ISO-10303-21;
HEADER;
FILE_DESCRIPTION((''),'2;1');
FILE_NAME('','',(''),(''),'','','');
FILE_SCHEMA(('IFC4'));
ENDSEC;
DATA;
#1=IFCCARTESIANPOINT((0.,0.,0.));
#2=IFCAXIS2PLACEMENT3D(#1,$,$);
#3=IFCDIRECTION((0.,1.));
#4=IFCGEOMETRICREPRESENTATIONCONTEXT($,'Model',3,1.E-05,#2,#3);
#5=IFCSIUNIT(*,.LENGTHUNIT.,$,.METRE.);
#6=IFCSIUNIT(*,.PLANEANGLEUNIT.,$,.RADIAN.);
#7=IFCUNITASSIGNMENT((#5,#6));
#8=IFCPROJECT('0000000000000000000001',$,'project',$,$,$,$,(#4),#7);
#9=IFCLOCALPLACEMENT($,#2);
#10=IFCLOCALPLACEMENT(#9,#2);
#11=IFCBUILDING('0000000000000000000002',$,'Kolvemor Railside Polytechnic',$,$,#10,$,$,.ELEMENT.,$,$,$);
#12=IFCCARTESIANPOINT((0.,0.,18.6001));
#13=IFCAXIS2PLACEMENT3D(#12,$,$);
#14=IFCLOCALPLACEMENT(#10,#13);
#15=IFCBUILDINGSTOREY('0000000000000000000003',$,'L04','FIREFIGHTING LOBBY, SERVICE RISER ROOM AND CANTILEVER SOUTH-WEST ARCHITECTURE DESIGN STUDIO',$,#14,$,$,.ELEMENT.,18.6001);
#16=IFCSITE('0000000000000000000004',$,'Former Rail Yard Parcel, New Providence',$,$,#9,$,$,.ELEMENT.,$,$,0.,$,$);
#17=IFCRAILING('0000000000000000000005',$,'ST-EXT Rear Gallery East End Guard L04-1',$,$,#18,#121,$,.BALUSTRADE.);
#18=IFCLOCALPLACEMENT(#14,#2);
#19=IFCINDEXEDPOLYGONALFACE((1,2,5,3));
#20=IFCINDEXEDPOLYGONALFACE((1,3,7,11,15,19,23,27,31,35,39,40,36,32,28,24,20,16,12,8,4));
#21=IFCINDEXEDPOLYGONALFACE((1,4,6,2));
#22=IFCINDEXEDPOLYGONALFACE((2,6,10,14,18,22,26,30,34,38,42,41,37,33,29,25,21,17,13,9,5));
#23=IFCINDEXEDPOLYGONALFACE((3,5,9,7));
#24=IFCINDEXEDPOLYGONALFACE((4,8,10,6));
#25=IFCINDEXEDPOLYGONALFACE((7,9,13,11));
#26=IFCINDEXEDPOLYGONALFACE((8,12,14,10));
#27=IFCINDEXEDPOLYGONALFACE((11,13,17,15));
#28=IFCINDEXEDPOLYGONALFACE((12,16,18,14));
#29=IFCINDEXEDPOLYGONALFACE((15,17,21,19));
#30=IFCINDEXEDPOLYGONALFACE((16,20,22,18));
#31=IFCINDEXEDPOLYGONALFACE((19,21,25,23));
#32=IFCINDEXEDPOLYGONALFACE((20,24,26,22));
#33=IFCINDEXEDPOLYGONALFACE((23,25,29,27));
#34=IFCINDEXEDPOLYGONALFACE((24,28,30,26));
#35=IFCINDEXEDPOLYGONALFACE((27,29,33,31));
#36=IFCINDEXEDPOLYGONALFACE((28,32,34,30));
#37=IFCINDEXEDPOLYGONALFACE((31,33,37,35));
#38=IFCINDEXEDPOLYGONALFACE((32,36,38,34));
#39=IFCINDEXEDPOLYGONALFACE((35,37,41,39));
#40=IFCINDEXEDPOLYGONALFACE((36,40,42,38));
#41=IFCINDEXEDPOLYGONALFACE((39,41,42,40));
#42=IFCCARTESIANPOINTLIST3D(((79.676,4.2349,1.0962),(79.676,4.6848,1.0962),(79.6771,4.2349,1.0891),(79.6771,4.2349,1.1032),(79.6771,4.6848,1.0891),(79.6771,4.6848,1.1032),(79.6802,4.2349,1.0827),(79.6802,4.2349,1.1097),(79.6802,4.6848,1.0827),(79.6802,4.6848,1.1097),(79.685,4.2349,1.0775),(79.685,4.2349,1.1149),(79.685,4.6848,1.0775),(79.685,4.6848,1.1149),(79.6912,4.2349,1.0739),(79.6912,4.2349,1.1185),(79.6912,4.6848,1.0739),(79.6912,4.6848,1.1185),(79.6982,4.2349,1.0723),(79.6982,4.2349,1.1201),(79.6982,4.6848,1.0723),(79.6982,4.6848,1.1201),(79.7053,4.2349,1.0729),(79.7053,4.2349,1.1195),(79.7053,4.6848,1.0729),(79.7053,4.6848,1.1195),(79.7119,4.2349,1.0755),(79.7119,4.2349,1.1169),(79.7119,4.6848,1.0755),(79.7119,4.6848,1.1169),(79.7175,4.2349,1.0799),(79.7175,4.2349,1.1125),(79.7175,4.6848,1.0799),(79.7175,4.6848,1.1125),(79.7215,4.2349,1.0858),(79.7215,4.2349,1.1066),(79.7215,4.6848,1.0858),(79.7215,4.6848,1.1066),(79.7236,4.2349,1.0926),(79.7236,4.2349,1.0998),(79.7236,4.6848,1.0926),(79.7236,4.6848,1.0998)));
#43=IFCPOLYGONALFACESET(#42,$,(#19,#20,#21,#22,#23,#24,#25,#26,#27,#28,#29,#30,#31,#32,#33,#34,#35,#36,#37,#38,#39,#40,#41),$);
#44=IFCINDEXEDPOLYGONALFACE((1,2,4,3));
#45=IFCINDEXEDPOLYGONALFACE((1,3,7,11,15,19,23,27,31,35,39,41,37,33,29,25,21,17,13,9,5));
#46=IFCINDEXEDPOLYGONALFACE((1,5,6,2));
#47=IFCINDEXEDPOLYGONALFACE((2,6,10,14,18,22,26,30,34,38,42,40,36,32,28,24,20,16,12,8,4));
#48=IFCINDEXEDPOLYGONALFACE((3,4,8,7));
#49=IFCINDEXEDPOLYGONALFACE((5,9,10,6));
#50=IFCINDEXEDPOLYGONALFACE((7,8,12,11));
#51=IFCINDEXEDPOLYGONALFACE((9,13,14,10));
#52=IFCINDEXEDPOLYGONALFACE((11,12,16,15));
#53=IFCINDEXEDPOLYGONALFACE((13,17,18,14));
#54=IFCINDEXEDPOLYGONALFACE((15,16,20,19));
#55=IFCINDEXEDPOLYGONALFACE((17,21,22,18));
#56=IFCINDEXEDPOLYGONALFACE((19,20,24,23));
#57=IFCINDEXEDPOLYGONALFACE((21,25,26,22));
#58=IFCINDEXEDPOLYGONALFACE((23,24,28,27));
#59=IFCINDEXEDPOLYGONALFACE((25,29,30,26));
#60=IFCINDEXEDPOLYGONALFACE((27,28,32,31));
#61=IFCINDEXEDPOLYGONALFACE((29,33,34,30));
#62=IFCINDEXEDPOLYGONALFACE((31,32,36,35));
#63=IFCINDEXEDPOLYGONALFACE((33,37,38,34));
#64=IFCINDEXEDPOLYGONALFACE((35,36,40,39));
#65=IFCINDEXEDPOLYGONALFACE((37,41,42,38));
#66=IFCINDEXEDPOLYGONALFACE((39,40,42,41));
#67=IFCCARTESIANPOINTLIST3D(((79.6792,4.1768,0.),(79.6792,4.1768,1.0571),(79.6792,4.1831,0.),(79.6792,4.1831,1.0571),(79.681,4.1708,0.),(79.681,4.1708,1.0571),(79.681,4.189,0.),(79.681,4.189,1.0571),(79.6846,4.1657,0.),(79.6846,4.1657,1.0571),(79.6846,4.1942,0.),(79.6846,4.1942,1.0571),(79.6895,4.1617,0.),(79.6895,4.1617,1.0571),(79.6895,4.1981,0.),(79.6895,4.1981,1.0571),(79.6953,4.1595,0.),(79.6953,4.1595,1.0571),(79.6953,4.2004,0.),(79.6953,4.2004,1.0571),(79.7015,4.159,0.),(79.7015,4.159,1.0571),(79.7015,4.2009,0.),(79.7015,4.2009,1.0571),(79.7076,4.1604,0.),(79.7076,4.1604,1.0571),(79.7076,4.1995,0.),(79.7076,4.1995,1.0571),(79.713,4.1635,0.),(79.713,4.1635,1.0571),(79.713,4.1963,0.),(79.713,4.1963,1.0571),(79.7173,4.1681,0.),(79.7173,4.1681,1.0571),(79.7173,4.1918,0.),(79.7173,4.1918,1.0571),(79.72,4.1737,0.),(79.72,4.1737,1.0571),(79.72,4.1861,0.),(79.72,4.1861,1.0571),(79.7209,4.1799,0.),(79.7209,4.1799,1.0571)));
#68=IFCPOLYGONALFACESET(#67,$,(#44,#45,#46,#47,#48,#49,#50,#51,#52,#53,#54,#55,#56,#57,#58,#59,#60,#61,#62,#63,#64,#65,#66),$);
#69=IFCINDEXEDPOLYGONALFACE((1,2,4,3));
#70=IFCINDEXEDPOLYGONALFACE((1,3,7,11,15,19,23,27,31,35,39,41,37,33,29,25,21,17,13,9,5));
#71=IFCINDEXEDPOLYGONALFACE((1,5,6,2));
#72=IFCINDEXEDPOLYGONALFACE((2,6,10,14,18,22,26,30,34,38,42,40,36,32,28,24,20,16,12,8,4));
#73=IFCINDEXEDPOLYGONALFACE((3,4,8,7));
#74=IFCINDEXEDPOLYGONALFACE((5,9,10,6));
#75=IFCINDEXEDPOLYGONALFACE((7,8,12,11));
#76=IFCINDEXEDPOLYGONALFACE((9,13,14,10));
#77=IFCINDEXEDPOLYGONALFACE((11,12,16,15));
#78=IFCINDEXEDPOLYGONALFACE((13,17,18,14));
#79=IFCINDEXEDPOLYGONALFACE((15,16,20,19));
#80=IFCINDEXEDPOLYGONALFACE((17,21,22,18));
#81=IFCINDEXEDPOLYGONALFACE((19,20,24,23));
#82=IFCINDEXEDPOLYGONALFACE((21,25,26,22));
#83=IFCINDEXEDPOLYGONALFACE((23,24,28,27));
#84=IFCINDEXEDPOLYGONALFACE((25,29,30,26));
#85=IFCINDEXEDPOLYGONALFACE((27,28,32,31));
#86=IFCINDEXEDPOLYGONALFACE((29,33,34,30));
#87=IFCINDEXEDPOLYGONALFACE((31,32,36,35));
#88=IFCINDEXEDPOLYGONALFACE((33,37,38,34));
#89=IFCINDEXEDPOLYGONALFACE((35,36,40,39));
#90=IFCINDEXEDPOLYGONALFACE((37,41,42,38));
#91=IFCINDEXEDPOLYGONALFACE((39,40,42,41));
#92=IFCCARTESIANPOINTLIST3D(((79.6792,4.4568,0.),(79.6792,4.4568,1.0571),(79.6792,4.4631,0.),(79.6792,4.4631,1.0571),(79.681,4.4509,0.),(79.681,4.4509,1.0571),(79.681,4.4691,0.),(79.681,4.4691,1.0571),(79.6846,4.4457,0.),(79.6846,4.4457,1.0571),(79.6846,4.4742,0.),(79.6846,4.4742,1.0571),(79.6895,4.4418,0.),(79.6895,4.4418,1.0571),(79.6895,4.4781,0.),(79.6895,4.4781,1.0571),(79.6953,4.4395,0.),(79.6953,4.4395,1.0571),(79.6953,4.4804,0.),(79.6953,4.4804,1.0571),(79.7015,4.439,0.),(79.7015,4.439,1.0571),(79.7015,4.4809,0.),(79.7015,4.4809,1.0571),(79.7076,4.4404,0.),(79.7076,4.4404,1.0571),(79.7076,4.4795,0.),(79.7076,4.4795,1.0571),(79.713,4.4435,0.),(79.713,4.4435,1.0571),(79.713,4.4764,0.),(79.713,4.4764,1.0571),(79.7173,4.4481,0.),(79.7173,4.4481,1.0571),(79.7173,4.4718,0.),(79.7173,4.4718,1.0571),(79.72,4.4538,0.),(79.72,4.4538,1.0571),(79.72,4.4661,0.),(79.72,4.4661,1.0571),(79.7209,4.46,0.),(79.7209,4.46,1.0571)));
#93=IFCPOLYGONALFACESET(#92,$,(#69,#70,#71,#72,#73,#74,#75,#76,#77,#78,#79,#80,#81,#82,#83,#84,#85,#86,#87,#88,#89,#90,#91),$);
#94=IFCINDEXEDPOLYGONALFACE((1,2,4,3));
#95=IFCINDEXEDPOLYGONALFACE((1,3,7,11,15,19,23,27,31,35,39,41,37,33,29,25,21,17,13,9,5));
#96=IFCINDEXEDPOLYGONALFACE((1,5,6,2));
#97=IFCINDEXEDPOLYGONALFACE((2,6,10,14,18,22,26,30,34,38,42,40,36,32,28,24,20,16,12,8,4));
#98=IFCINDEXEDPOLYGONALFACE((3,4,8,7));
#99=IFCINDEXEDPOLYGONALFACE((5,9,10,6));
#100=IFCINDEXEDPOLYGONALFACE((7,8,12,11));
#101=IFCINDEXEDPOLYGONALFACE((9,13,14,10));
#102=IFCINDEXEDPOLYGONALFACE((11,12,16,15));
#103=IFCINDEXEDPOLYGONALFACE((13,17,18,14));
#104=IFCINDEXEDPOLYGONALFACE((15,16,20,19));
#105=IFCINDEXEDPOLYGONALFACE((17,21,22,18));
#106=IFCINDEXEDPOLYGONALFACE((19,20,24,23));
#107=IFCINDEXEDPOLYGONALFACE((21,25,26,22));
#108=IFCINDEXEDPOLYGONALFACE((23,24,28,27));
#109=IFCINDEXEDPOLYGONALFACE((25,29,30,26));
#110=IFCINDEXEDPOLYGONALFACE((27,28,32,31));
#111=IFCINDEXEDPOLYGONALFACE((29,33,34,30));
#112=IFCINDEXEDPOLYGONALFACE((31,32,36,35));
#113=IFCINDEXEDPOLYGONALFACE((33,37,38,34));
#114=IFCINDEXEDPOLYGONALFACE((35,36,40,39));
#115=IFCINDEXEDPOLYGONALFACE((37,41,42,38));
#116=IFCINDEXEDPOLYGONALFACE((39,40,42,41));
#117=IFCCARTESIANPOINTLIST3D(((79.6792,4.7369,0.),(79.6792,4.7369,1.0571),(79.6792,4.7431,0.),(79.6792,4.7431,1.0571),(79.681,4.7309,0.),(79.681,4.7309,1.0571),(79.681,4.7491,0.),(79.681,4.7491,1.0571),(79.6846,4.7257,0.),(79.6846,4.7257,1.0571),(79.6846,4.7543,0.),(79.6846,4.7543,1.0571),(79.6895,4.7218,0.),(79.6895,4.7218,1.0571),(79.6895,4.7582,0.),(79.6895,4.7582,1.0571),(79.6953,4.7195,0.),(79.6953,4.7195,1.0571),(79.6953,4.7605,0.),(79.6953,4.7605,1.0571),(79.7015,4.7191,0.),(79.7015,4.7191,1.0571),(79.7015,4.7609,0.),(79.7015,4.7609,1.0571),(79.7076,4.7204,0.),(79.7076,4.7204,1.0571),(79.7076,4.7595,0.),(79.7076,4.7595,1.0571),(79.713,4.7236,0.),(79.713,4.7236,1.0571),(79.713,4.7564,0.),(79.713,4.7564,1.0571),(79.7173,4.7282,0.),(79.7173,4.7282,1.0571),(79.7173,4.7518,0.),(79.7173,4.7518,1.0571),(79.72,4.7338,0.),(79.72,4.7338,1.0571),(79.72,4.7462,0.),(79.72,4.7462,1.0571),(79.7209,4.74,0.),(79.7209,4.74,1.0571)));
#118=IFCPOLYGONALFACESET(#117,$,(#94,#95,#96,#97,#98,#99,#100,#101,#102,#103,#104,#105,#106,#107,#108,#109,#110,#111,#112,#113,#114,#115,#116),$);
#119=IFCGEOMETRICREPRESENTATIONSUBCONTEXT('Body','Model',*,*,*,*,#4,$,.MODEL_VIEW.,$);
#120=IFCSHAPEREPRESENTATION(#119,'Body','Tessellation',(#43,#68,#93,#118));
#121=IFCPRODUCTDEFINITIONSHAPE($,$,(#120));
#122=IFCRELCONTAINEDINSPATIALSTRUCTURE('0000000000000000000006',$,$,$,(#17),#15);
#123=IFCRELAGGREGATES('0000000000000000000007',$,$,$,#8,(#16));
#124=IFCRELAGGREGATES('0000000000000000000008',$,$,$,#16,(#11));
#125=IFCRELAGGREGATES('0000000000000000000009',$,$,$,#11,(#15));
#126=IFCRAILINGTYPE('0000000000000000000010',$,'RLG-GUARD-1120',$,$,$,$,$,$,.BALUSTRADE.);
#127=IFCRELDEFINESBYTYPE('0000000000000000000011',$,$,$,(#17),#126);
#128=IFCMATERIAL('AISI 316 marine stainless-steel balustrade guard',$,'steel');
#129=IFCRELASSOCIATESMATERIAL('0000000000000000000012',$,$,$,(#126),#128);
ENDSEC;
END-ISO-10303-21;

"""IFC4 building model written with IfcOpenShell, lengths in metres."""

from ifc_helpers import new_model, si_unit, direction, frame, origin, origin_2d, place, context, subcontext, project, spatial, circle, extrude, material, type_object, element, save


model = new_model("IFC4")

# Units and contexts
model_context = context("Model", 3, precision=1e-05, world=origin(), true_north=direction((0.0, 1.0)))
body_context = subcontext(model_context, "Body", "Model", "MODEL_VIEW")
ifc_project = project(units=[si_unit("LENGTHUNIT", "METRE"), si_unit("PLANEANGLEUNIT", "RADIAN")], contexts=[model_context])

# Site, building, storey
site_placement = place(None, origin())
site = spatial("IfcSite", under=ifc_project, at=site_placement, Name="Former Rail Yard Parcel, New Providence", CompositionType="ELEMENT", RefElevation=0.0)
building_placement = place(site_placement, origin())
building = spatial("IfcBuilding", under=site, at=building_placement, Name="Kolvemor Railside Polytechnic", CompositionType="ELEMENT")
storey_placement = place(building_placement, frame((0.0, 0.0, 18.6001)))
storey = spatial("IfcBuildingStorey", under=building, at=storey_placement, Name="L04", Description="FIREFIGHTING LOBBY, SERVICE RISER ROOM AND CANTILEVER SOUTH-WEST ARCHITECTURE DESIGN STUDIO", CompositionType="ELEMENT", Elevation=18.6001)

# Railing
ifc_material_1 = material(Name="AISI 316 marine stainless-steel balustrade guard", Category="steel")
railing_type_1 = type_object("IfcRailingType", Name="RLG-GUARD-1120", PredefinedType="BALUSTRADE", material=ifc_material_1)
railing_1_placement = place(storey_placement, frame((79.7, 4.1799, 0.0)))
element("IfcRailing", 1, at=railing_1_placement, inside=storey, type_object=railing_type_1, Name="ST-EXT Rear Gallery East End Guard L04-1", PredefinedType="BALUSTRADE", context=body_context, shape_type="SweptSolid", body=[
    extrude(circle(Radius=0.0239, at=origin_2d()), frame((0.0, 0.0549, 1.0962), z_axis=(0.0, 1.0, 0.0), x_axis=(-1.0, 0.0, 0.0)), (0.0, 0.0, 1.0), 0.45),
    extrude(circle(Radius=0.021, at=origin_2d()), origin(), (0.0, 0.0, 1.0), 1.0571),
    extrude(circle(Radius=0.021, at=origin_2d()), frame((0.0, 0.28, 0.0)), (0.0, 0.0, 1.0), 1.0571),
    extrude(circle(Radius=0.021, at=origin_2d()), frame((0.0, 0.5601, 0.0)), (0.0, 0.0, 1.0), 1.0571),
])

save(model, "model.ifc")
